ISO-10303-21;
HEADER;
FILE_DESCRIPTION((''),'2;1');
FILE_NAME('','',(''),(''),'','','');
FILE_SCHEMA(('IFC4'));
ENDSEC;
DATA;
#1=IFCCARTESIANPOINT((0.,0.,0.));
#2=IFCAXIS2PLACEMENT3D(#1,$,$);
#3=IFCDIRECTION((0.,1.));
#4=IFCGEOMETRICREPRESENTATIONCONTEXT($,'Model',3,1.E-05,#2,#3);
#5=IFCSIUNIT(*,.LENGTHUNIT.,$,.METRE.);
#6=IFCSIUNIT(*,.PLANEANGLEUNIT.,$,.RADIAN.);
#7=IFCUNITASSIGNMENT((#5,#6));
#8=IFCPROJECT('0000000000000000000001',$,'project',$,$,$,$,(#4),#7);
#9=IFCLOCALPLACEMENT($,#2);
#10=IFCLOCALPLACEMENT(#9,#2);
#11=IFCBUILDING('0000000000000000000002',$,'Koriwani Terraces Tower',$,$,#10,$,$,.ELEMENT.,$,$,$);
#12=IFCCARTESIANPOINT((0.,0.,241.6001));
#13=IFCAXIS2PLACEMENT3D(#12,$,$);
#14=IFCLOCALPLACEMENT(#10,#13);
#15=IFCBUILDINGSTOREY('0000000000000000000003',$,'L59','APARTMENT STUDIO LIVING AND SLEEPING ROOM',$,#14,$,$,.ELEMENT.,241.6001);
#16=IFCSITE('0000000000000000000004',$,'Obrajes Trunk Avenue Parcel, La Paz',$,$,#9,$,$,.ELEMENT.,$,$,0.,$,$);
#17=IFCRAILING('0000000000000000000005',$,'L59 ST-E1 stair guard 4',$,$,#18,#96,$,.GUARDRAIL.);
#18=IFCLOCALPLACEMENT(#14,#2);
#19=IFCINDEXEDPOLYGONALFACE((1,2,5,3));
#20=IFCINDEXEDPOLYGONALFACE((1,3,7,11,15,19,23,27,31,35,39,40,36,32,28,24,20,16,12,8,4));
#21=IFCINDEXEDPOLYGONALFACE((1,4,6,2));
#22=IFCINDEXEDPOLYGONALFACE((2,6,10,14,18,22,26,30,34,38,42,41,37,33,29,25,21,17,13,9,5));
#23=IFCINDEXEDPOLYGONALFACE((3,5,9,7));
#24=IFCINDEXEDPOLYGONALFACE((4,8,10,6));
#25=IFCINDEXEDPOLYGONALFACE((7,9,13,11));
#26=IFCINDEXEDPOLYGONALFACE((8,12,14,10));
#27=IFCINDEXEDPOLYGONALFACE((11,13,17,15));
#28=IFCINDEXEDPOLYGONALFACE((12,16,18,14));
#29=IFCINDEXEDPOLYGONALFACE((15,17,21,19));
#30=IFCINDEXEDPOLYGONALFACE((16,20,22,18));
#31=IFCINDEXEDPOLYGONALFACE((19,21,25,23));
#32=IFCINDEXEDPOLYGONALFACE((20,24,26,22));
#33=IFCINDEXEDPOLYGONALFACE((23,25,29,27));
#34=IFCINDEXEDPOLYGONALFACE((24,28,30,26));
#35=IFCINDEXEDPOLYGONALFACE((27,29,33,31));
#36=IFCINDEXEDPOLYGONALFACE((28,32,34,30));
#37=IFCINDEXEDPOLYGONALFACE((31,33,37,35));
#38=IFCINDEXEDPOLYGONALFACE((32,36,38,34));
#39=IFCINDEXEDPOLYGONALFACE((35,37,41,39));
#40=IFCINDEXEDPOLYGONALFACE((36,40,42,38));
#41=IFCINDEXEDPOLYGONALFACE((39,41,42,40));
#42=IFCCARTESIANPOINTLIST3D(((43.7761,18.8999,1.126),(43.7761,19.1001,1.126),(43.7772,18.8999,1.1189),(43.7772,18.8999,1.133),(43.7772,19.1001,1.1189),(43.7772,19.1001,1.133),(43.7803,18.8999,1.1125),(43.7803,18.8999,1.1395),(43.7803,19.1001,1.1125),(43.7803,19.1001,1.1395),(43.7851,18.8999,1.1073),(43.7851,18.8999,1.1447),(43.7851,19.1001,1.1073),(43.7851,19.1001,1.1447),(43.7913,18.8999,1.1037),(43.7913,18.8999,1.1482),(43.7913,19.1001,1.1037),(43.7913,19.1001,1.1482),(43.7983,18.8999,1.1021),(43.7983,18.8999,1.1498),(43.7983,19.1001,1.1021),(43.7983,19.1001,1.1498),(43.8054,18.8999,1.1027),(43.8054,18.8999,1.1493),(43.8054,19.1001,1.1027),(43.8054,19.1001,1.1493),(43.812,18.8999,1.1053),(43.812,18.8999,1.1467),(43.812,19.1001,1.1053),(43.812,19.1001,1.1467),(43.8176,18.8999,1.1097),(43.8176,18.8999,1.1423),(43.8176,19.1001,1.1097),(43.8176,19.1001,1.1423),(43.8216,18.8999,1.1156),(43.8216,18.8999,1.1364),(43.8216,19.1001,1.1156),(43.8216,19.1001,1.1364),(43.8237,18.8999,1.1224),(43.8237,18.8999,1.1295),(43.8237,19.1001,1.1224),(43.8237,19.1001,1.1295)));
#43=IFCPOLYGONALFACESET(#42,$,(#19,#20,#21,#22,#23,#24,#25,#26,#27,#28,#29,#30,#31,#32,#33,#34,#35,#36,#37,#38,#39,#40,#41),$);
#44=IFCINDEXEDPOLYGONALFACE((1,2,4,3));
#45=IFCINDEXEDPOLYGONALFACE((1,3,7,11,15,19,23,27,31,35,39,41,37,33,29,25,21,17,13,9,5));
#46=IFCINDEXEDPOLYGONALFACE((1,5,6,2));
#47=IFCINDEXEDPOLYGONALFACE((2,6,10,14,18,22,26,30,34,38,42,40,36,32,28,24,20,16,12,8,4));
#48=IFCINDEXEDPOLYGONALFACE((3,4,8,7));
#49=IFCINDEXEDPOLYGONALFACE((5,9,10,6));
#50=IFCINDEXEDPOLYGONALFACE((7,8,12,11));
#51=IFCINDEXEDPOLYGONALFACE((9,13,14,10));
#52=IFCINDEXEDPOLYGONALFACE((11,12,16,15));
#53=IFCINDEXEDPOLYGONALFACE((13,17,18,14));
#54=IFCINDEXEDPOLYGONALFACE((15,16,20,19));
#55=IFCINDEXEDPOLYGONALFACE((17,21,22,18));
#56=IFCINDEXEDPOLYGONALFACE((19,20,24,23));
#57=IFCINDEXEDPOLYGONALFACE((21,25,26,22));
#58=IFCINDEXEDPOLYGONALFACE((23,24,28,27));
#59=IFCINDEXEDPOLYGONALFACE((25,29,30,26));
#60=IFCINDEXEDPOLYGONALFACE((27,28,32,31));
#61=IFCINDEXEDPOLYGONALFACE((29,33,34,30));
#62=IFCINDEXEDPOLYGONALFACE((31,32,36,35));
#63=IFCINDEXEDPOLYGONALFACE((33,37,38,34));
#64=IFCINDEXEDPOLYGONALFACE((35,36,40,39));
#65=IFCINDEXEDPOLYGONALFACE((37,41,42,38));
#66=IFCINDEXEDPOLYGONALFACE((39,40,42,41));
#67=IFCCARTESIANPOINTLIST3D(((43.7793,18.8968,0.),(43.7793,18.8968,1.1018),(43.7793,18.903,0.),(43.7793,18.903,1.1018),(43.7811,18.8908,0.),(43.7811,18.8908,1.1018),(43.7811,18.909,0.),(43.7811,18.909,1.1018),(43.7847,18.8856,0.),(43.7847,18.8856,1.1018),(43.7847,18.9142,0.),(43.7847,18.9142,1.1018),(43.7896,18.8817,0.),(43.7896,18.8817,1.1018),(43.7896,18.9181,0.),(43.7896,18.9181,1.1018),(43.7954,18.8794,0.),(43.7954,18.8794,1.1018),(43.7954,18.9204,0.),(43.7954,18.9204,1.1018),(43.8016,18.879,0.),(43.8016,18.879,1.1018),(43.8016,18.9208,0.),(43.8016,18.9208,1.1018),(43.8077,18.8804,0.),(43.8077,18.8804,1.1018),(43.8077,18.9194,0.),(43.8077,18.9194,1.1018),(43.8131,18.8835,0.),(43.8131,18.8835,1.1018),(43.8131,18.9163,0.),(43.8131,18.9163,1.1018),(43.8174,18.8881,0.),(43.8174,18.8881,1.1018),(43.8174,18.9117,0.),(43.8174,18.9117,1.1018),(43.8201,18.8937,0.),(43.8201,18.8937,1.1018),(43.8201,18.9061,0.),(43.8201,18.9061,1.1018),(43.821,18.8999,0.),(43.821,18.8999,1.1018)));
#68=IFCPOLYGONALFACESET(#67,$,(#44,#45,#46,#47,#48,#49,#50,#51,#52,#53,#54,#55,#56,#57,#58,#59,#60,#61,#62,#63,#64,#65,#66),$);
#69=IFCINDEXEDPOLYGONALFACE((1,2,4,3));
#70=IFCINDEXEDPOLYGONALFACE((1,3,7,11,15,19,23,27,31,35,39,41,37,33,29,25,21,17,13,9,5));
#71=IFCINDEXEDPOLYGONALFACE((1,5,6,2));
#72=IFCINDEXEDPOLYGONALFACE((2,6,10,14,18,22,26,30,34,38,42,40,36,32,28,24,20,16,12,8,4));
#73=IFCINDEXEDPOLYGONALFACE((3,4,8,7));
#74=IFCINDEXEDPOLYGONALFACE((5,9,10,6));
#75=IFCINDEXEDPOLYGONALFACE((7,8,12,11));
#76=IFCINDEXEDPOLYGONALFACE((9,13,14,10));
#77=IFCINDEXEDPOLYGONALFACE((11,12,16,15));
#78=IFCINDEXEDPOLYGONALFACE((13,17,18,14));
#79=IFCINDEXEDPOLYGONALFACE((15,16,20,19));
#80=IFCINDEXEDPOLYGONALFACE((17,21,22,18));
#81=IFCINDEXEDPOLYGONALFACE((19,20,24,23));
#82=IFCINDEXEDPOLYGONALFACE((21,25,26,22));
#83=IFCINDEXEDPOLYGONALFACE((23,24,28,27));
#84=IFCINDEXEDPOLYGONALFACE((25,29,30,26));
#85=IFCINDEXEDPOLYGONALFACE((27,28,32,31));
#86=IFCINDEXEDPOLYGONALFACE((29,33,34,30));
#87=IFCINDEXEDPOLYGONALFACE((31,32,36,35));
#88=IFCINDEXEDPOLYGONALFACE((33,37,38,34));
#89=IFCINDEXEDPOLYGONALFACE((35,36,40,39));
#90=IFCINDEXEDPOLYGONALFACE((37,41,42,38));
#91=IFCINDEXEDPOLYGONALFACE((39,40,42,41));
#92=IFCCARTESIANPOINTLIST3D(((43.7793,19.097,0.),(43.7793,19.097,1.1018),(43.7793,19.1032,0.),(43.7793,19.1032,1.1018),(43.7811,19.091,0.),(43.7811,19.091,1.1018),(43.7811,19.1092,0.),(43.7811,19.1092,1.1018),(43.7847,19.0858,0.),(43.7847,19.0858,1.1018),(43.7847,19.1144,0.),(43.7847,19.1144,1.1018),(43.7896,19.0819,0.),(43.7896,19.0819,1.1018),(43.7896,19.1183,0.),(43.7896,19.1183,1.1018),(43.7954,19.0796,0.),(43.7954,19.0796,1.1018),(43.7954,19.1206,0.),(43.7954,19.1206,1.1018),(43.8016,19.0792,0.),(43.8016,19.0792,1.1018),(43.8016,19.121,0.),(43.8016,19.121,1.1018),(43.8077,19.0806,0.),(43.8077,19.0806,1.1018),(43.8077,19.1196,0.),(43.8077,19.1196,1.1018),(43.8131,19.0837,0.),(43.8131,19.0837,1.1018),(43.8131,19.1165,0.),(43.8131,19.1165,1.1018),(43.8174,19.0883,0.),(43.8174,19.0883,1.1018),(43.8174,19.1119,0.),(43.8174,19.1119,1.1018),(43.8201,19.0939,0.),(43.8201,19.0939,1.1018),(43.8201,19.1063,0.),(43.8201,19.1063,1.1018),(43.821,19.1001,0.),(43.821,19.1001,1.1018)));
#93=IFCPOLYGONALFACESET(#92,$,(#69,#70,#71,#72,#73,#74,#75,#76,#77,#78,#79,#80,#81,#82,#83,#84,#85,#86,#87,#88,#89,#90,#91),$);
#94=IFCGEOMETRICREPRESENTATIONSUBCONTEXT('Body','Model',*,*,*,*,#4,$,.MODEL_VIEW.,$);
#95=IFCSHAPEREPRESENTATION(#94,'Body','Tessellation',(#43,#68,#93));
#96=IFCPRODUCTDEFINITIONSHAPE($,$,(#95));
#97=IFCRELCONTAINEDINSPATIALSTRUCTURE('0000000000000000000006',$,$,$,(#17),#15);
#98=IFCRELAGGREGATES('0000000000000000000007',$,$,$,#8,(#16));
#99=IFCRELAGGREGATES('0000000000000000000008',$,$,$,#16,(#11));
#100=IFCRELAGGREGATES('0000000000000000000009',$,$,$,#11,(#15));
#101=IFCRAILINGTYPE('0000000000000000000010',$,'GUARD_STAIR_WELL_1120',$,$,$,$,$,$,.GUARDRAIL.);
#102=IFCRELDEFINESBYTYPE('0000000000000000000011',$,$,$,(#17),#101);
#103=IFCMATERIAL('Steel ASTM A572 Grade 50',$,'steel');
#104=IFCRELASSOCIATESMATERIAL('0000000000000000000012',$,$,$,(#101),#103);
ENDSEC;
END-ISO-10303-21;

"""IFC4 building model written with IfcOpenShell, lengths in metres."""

from ifc_helpers import new_model, si_unit, direction, frame, origin, origin_2d, place, context, subcontext, project, spatial, circle, extrude, material, type_object, element, save


model = new_model("IFC4")

# Units and contexts
model_context = context("Model", 3, precision=1e-05, world=origin(), true_north=direction((0.0, 1.0)))
body_context = subcontext(model_context, "Body", "Model", "MODEL_VIEW")
ifc_project = project(units=[si_unit("LENGTHUNIT", "METRE"), si_unit("PLANEANGLEUNIT", "RADIAN")], contexts=[model_context])

# Site, building, storey
site_placement = place(None, origin())
site = spatial("IfcSite", under=ifc_project, at=site_placement, Name="Obrajes Trunk Avenue Parcel, La Paz", CompositionType="ELEMENT", RefElevation=0.0)
building_placement = place(site_placement, origin())
building = spatial("IfcBuilding", under=site, at=building_placement, Name="Koriwani Terraces Tower", CompositionType="ELEMENT")
storey_placement = place(building_placement, frame((0.0, 0.0, 241.6001)))
storey = spatial("IfcBuildingStorey", under=building, at=storey_placement, Name="L59", Description="APARTMENT STUDIO LIVING AND SLEEPING ROOM", CompositionType="ELEMENT", Elevation=241.6001)

# Shared definitions
ifc_material_1 = material(Name="Steel ASTM A572 Grade 50", Category="steel")

# Railing
railing_type_1 = type_object("IfcRailingType", Name="GUARD_STAIR_WELL_1120", PredefinedType="GUARDRAIL", material=ifc_material_1)
railing_1_placement = place(storey_placement, frame((43.8, 18.8999, 0.0)))
element("IfcRailing", 1, at=railing_1_placement, inside=storey, type_object=railing_type_1, Name="L59 ST-E1 stair guard 4", PredefinedType="GUARDRAIL", context=body_context, shape_type="SweptSolid", body=[
    extrude(circle(Radius=0.0239, at=origin_2d()), frame((0.0, 0.0, 1.126), z_axis=(0.0, 1.0, 0.0), x_axis=(-1.0, 0.0, 0.0)), (0.0, 0.0, 1.0), 0.2002),
    extrude(circle(Radius=0.021, at=origin_2d()), origin(), (0.0, 0.0, 1.0), 1.1018),
    extrude(circle(Radius=0.021, at=origin_2d()), frame((0.0, 0.2002, 0.0)), (0.0, 0.0, 1.0), 1.1018),
])

save(model, "model.ifc")
